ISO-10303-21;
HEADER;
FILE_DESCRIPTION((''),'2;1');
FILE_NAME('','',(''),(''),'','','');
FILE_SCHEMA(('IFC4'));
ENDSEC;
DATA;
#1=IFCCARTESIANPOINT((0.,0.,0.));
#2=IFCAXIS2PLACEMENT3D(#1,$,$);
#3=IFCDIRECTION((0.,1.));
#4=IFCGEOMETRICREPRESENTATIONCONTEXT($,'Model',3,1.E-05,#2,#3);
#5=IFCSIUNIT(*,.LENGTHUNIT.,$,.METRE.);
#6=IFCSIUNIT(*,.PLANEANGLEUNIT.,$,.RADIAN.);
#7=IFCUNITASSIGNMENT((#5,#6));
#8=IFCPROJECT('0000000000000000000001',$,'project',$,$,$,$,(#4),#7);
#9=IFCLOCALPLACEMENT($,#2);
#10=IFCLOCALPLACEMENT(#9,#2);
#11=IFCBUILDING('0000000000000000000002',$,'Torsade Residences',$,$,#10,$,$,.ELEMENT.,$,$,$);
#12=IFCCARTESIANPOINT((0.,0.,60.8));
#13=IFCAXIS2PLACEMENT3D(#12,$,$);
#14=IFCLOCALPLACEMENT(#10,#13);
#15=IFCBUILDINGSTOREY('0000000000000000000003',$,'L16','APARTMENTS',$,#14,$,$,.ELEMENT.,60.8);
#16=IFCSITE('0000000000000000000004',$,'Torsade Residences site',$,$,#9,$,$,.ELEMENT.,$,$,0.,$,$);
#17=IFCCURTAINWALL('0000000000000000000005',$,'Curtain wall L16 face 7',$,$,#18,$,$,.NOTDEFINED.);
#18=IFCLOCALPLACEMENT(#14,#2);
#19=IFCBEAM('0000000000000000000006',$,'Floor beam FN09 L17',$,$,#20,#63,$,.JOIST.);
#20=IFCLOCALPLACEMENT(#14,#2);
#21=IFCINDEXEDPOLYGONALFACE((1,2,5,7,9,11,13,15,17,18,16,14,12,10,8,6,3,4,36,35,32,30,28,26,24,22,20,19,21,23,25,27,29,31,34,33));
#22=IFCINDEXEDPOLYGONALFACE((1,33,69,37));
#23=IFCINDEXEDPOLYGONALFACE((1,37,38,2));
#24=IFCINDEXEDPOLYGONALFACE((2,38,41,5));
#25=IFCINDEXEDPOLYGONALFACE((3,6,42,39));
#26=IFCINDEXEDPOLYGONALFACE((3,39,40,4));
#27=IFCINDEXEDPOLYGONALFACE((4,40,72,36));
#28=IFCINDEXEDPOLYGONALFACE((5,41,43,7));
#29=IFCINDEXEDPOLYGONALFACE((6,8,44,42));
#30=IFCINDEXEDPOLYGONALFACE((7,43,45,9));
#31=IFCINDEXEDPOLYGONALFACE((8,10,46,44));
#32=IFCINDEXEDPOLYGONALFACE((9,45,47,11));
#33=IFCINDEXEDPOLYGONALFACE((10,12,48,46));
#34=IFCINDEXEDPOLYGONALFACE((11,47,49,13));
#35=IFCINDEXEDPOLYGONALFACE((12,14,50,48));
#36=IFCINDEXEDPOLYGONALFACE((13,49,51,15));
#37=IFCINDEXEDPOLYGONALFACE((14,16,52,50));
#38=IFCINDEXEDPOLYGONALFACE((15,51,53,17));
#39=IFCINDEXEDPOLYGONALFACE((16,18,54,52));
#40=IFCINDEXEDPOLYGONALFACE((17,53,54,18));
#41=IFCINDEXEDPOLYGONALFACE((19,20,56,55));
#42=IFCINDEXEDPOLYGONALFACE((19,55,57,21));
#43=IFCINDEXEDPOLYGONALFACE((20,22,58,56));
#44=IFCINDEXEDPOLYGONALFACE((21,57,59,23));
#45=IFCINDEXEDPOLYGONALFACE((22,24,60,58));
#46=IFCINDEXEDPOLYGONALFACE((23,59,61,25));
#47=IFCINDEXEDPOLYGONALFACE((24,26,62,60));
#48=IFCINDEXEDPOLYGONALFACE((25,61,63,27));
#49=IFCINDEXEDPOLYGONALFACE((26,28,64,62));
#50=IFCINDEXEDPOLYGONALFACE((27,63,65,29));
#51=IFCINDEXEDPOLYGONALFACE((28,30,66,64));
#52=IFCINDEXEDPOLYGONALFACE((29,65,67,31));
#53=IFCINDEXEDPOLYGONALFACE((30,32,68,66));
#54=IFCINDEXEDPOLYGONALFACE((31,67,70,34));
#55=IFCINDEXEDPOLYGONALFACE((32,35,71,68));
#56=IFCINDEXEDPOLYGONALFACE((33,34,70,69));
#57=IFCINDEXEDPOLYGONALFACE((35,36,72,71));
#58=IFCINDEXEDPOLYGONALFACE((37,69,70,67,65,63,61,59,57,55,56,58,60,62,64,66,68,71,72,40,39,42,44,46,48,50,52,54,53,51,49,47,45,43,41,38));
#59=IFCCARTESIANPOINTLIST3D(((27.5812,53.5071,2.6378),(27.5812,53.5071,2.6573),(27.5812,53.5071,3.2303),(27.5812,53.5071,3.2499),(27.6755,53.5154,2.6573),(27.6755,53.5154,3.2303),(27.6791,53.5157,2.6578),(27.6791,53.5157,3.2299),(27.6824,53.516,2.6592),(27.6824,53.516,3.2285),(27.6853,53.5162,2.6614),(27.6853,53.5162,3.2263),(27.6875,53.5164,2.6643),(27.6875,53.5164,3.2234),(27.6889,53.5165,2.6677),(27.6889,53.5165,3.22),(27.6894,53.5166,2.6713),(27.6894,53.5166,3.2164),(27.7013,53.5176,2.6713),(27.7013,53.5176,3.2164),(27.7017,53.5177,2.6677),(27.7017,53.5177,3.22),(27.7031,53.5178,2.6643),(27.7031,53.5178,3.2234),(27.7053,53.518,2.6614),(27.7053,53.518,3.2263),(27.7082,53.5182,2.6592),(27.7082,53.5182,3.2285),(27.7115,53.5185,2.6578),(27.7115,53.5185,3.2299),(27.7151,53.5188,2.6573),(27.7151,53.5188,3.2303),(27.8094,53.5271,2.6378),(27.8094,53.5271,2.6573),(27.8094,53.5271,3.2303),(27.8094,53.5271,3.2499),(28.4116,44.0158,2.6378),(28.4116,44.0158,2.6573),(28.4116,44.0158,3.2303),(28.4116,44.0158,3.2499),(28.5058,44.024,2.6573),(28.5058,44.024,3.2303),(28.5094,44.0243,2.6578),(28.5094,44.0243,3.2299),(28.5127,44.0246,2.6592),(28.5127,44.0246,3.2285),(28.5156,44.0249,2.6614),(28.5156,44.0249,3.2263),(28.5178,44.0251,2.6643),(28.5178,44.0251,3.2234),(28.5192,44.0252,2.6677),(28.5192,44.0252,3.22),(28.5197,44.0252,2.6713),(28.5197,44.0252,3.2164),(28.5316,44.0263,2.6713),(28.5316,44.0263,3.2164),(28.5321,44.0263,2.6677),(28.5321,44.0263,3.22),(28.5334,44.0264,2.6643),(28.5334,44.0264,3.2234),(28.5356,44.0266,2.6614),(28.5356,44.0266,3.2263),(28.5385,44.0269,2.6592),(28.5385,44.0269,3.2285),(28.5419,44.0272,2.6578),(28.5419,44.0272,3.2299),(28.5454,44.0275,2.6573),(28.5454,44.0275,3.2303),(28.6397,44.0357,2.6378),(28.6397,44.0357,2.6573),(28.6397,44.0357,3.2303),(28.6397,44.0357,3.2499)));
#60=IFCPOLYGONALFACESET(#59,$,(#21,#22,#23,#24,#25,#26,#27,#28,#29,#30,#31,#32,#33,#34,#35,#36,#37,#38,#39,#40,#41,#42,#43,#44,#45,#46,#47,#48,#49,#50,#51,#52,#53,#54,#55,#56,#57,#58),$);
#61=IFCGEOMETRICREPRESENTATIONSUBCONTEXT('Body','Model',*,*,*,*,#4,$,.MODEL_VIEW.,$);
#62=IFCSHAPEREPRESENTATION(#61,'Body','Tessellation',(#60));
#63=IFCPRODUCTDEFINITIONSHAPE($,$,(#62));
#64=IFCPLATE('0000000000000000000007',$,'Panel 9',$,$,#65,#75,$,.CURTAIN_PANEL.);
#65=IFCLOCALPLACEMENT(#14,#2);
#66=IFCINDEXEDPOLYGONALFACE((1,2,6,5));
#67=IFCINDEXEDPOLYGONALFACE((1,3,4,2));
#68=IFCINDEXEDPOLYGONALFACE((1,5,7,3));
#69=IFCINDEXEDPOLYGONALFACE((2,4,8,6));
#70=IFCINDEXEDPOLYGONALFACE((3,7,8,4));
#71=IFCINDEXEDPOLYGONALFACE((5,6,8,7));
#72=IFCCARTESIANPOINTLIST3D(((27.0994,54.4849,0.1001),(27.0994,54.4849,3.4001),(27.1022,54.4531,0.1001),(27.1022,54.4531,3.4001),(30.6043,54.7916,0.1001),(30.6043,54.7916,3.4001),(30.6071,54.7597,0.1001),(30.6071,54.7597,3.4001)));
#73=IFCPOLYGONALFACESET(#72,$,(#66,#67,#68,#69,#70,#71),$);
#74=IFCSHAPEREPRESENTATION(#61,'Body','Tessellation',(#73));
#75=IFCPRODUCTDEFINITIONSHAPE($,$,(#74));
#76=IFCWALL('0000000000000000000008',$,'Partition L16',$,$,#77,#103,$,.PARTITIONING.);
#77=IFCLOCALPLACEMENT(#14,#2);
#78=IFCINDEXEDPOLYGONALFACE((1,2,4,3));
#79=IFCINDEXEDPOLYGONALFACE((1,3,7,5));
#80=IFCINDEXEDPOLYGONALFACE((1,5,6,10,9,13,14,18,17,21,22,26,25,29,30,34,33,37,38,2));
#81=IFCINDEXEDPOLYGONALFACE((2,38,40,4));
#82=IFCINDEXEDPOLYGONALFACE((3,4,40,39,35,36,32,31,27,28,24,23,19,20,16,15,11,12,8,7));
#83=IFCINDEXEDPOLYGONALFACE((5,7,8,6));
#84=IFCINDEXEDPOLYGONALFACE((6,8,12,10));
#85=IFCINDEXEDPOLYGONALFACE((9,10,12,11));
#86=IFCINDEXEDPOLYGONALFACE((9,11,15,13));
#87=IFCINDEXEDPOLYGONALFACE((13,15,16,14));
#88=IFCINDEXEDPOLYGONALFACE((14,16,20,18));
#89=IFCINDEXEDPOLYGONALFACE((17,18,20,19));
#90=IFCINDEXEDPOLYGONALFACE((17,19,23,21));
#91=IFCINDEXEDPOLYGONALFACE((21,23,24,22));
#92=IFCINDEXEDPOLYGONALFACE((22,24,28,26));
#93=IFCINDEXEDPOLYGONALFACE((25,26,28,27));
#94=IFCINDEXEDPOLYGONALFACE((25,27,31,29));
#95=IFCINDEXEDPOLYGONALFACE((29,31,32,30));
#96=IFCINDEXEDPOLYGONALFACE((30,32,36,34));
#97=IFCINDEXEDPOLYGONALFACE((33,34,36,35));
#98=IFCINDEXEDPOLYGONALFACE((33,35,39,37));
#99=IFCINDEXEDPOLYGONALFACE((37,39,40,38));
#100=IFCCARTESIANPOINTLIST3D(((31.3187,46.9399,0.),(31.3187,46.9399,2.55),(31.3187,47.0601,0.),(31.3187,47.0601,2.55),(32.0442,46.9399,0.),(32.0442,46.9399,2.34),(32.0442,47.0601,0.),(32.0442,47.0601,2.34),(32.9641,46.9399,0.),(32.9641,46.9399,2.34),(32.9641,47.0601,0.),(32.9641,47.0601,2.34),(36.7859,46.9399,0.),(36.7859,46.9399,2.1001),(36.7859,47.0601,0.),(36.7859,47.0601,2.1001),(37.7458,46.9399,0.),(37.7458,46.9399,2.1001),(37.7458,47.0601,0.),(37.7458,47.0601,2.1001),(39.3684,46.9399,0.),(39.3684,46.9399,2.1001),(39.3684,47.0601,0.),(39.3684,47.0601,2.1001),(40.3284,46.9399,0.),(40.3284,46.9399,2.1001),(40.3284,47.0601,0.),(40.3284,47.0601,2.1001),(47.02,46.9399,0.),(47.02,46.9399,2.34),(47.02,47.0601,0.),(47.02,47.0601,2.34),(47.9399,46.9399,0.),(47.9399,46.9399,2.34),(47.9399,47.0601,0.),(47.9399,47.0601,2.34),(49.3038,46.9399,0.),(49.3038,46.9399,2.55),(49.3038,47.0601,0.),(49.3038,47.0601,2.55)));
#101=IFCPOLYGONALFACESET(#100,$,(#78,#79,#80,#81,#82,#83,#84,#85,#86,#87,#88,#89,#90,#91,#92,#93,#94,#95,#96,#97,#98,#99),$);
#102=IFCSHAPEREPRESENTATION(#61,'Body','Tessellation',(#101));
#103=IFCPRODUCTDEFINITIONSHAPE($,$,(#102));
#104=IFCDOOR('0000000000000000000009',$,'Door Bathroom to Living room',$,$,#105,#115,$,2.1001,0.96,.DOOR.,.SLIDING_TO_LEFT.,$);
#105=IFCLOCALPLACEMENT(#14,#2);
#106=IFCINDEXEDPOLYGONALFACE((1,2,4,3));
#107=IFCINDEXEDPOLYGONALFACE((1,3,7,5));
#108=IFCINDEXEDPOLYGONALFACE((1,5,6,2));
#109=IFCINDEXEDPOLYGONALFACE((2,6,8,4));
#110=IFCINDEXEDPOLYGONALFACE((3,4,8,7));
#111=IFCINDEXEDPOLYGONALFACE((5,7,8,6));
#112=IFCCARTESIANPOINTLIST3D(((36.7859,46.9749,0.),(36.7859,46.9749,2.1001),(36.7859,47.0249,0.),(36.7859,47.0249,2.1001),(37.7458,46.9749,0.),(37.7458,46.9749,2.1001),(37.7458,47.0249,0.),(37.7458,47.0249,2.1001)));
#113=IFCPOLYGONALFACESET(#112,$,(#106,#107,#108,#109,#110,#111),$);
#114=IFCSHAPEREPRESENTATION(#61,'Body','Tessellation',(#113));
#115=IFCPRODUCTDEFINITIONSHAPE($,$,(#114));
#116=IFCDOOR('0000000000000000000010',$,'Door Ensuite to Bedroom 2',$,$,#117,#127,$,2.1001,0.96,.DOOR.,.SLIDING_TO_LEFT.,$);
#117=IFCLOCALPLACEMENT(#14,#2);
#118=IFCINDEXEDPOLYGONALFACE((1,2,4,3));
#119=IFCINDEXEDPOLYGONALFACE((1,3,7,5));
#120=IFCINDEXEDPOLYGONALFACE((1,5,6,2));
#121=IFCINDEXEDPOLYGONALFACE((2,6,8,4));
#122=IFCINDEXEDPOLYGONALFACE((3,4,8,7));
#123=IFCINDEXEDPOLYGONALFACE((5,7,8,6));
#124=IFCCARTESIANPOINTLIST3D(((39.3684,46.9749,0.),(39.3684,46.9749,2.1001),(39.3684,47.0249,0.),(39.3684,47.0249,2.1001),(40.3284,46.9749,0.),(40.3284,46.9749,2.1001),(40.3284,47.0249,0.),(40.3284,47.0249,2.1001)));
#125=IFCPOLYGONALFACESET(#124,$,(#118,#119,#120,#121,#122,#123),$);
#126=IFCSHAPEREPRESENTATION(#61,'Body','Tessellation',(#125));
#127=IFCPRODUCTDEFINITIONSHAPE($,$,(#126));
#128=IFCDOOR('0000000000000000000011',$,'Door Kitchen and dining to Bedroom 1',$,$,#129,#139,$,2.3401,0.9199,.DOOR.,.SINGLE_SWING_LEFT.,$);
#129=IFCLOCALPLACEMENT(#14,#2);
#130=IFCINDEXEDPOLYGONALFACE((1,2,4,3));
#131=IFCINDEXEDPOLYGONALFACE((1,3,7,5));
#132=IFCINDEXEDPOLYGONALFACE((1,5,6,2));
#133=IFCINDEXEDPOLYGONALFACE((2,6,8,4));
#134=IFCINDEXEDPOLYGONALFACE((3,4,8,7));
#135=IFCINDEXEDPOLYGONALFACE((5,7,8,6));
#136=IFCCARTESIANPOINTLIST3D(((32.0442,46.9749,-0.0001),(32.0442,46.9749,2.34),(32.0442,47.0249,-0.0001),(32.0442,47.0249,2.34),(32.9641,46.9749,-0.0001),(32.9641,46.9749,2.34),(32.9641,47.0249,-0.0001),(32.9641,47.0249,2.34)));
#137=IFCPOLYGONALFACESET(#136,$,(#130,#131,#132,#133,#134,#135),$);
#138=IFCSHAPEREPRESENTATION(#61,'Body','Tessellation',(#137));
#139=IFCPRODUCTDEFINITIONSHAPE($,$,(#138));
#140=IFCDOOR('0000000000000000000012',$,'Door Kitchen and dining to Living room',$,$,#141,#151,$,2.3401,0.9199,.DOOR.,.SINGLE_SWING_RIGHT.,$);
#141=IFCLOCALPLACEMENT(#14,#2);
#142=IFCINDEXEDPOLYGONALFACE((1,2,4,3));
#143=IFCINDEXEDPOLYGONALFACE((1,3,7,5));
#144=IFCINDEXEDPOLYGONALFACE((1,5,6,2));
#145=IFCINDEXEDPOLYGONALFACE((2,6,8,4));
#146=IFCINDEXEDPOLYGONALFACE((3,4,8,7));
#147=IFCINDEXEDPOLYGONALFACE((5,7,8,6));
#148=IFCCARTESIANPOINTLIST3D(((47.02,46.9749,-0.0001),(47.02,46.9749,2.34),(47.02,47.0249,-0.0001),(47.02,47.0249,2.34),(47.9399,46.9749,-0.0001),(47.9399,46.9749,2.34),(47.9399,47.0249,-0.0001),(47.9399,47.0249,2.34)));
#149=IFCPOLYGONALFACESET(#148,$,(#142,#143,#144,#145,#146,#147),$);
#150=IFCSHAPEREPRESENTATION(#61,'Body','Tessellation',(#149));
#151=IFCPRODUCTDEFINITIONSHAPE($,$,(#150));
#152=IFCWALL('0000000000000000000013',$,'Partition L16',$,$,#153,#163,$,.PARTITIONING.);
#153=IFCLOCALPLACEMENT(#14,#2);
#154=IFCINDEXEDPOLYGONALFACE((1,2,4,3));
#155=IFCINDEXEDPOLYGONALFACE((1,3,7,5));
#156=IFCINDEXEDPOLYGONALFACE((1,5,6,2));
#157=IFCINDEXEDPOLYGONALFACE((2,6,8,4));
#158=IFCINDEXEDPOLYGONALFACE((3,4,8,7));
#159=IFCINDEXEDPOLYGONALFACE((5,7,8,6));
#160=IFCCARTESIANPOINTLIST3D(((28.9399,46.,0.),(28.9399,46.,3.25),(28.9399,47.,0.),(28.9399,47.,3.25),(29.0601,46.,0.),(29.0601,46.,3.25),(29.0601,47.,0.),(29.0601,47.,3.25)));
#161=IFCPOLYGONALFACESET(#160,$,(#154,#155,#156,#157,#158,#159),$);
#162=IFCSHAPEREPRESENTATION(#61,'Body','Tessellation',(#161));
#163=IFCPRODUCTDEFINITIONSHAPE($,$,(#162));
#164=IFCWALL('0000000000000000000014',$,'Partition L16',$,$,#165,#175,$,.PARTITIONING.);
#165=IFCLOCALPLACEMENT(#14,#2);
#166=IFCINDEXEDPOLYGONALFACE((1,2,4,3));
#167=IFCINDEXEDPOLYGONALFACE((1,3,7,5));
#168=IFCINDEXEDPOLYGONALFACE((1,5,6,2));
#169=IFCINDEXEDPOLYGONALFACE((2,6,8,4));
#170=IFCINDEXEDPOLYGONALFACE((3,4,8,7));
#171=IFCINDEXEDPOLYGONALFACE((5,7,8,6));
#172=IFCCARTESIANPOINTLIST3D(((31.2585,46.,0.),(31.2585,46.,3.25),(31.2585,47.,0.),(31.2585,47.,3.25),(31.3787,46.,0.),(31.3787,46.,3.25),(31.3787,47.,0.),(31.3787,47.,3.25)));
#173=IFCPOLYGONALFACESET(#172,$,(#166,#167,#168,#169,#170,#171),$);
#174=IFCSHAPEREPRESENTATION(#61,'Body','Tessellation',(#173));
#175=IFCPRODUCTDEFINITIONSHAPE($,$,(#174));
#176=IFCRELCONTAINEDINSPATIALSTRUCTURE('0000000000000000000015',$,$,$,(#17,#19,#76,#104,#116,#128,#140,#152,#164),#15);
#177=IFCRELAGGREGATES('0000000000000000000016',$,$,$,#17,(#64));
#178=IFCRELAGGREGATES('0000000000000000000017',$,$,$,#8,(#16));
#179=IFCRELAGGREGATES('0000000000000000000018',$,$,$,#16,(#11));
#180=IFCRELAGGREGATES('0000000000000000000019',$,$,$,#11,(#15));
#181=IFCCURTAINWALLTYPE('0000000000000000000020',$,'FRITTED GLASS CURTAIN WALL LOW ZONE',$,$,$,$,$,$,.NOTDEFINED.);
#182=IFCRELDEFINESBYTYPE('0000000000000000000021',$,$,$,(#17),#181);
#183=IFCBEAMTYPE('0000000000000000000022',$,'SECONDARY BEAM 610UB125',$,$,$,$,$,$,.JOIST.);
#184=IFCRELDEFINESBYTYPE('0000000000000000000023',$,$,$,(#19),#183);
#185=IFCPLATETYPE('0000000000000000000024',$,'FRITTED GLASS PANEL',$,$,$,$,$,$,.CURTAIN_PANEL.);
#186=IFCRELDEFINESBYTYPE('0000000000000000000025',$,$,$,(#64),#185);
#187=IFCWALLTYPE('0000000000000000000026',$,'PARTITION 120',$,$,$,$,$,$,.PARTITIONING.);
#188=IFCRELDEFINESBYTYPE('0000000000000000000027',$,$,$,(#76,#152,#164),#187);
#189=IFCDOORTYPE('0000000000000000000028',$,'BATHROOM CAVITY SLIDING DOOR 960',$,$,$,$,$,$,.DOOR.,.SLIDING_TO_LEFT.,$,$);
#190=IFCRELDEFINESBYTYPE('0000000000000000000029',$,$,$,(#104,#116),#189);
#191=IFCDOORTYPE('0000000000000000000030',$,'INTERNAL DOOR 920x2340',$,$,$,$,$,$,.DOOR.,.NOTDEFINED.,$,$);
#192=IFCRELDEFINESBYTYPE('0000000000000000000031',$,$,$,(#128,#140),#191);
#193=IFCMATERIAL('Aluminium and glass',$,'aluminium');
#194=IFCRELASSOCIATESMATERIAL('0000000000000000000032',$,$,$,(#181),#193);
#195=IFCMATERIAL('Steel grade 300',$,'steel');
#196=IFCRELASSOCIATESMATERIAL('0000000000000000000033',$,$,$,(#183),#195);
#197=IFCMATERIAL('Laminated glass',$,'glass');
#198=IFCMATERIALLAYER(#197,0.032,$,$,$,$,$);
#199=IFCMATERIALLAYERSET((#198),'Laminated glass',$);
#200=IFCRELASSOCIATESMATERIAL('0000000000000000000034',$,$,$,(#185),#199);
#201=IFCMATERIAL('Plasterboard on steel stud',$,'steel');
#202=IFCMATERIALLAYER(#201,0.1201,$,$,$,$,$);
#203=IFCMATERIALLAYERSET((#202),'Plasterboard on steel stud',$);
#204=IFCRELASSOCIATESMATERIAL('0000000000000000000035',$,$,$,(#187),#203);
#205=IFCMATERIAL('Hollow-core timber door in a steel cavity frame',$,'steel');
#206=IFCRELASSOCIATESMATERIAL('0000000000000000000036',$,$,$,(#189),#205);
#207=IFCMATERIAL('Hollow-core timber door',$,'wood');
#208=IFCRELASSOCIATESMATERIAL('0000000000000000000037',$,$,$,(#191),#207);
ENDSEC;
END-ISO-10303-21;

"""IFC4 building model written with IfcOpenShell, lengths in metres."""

from ifc_helpers import new_model, si_unit, direction, frame, frame_2d, origin, origin_2d, place, context, subcontext, project, spatial, rectangle, i_section, extrude, material, layer, layer_set, material_profile, profile_set, type_object, element, fill, aggregate, save


model = new_model("IFC4")

# Units and contexts
model_context = context("Model", 3, precision=1e-05, world=origin(), true_north=direction((0.0, 1.0)))
body_context = subcontext(model_context, "Body", "Model", "MODEL_VIEW")
ifc_project = project(units=[si_unit("LENGTHUNIT", "METRE"), si_unit("PLANEANGLEUNIT", "RADIAN")], contexts=[model_context])

# Site, building, storey
site_placement = place(None, origin())
site = spatial("IfcSite", under=ifc_project, at=site_placement, Name="Torsade Residences site", CompositionType="ELEMENT", RefElevation=0.0)
building_placement = place(site_placement, origin())
building = spatial("IfcBuilding", under=site, at=building_placement, Name="Torsade Residences", CompositionType="ELEMENT")
storey_placement = place(building_placement, frame((0.0, 0.0, 60.8)))
storey = spatial("IfcBuildingStorey", under=building, at=storey_placement, Name="L16", Description="APARTMENTS", CompositionType="ELEMENT", Elevation=60.8)

# Curtain wall
ifc_material_1 = material(Name="Aluminium and glass", Category="aluminium")
curtain_wall_type = type_object("IfcCurtainWallType", Name="FRITTED GLASS CURTAIN WALL LOW ZONE", PredefinedType="NOTDEFINED", material=ifc_material_1)
curtain_wall_placement = place(storey_placement, origin())
curtain_wall = element("IfcCurtainWall", 1, at=curtain_wall_placement, inside=storey, type_object=curtain_wall_type, Name="Curtain wall L16 face 7", PredefinedType="NOTDEFINED")

# Beam
ifc_material_2 = material(Name="Steel grade 300", Category="steel")
ifc_material_profile_1 = material_profile(ifc_material_2, i_section(OverallWidth=0.229, OverallDepth=0.6121, WebThickness=0.012, FlangeThickness=0.0195, FilletRadius=0.0139, at=origin_2d()), Name="610UB125")
ifc_profile_set_1 = profile_set([ifc_material_profile_1], Name="Steel grade 300")
beam_type_1 = type_object("IfcBeamType", Name="SECONDARY BEAM 610UB125", PredefinedType="JOIST", material=ifc_profile_set_1)
beam_1_placement = place(storey_placement, frame((27.6953, 53.5171, 2.9438), z_axis=(0.087148, -0.996195, 0.0), x_axis=(0.996195, 0.087148, 0.0)))
element("IfcBeam", 2, at=beam_1_placement, inside=storey, type_object=beam_type_1, Name="Floor beam FN09 L17", PredefinedType="JOIST", context=body_context, shape_type="SweptSolid", body=[
    extrude(i_section(OverallWidth=0.229, OverallDepth=0.6121, WebThickness=0.012, FlangeThickness=0.0195, FilletRadius=0.0139, at=origin_2d()), origin(), (0.0, 0.0, 1.0), 9.5276),
])

# Plate
ifc_material_3 = material(Name="Laminated glass", Category="glass")
ifc_layer_1 = layer(ifc_material_3, 0.032)
ifc_layer_set_1 = layer_set([ifc_layer_1], Name="Laminated glass")
plate_type = type_object("IfcPlateType", Name="FRITTED GLASS PANEL", PredefinedType="CURTAIN_PANEL", material=ifc_layer_set_1)
plate_placement = place(storey_placement, frame((28.8533, 54.6223, 0.1001), z_axis=(0.0, 0.0, 1.0), x_axis=(-0.996195, -0.087156, 0.0)))
plate = element("IfcPlate", 3, at=plate_placement, type_object=plate_type, Name="Panel 9", PredefinedType="CURTAIN_PANEL", context=body_context, shape_type="SweptSolid", body=[
    extrude(rectangle(XDim=3.5183, YDim=0.032, at=origin_2d()), origin(), (0.0, 0.0, 1.0), 3.3),
])
aggregate(curtain_wall, [plate])

# Wall, openings, doors
ifc_material_4 = material(Name="Plasterboard on steel stud", Category="steel")
ifc_layer_2 = layer(ifc_material_4, 0.1201)
ifc_layer_set_2 = layer_set([ifc_layer_2], Name="Plasterboard on steel stud")
wall_type_1 = type_object("IfcWallType", Name="PARTITION 120", PredefinedType="PARTITIONING", material=ifc_layer_set_2)
wall_1_placement = place(storey_placement, frame((31.3186, 47.0, 0.0), z_axis=(0.0, 0.0, 1.0), x_axis=(1.0, 0.0, 0.0)))
wall_1 = element("IfcWall", 4, at=wall_1_placement, inside=storey, type_object=wall_type_1, Name="Partition L16", PredefinedType="PARTITIONING", context=body_context, shape_type="SweptSolid", body=[
    extrude(rectangle(XDim=17.9851, YDim=0.1201, at=frame_2d((8.9927, 0.0))), origin(), (0.0, 0.0, 1.0), 2.55),
])
opening_1_placement = place(wall_1_placement, frame((0.7256, 0.0, 0.0)))
opening_1 = element("IfcOpeningElement", 5, at=opening_1_placement, cuts=wall_1, PredefinedType="OPENING", context=body_context, shape_type="SweptSolid", body=[
    extrude(rectangle(XDim=0.9199, YDim=2.3401, at=frame_2d((0.46, 1.1699))), frame((0.0, 0.0701, 0.0), z_axis=(0.0, -1.0, 0.0), x_axis=(1.0, 0.0, 0.0)), (0.0, 0.0, 1.0), 0.1401),
])
opening_2_placement = place(wall_1_placement, frame((15.7014, 0.0, 0.0)))
opening_2 = element("IfcOpeningElement", 6, at=opening_2_placement, cuts=wall_1, PredefinedType="OPENING", context=body_context, shape_type="SweptSolid", body=[
    extrude(rectangle(XDim=0.9199, YDim=2.3401, at=frame_2d((0.46, 1.1699))), frame((0.0, 0.0701, 0.0), z_axis=(0.0, -1.0, 0.0), x_axis=(1.0, 0.0, 0.0)), (0.0, 0.0, 1.0), 0.1401),
])
opening_3_placement = place(wall_1_placement, frame((5.4673, 0.0, 0.0)))
opening_3 = element("IfcOpeningElement", 7, at=opening_3_placement, cuts=wall_1, PredefinedType="OPENING", context=body_context, shape_type="SweptSolid", body=[
    extrude(rectangle(XDim=0.96, YDim=2.1001, at=frame_2d((0.48, 1.05))), frame((0.0, 0.0701, 0.0), z_axis=(0.0, -1.0, 0.0), x_axis=(1.0, 0.0, 0.0)), (0.0, 0.0, 1.0), 0.1401),
])
opening_4_placement = place(wall_1_placement, frame((8.0498, 0.0, 0.0)))
opening_4 = element("IfcOpeningElement", 8, at=opening_4_placement, cuts=wall_1, PredefinedType="OPENING", context=body_context, shape_type="SweptSolid", body=[
    extrude(rectangle(XDim=0.96, YDim=2.1001, at=frame_2d((0.48, 1.05))), frame((0.0, 0.0701, 0.0), z_axis=(0.0, -1.0, 0.0), x_axis=(1.0, 0.0, 0.0)), (0.0, 0.0, 1.0), 0.1401),
])
ifc_material_5 = material(Name="Hollow-core timber door in a steel cavity frame", Category="steel")
door_type_1 = type_object("IfcDoorType", Name="BATHROOM CAVITY SLIDING DOOR 960", OperationType="SLIDING_TO_LEFT", PredefinedType="DOOR", material=ifc_material_5)
door_1_placement = place(opening_3_placement, origin())
door_1 = element("IfcDoor", 9, at=door_1_placement, inside=storey, type_object=door_type_1, Name="Door Bathroom to Living room", OperationType="SLIDING_TO_LEFT", OverallHeight=2.1001, OverallWidth=0.96, PredefinedType="DOOR", context=body_context, shape_type="SweptSolid", body=[
    extrude(rectangle(XDim=0.96, YDim=2.1001, at=frame_2d((0.48, 1.05))), frame((0.0, 0.0249, 0.0), z_axis=(0.0, -1.0, 0.0), x_axis=(1.0, 0.0, 0.0)), (0.0, 0.0, 1.0), 0.05),
])
fill(opening_3, door_1)
door_2_placement = place(opening_4_placement, origin())
door_2 = element("IfcDoor", 10, at=door_2_placement, inside=storey, type_object=door_type_1, Name="Door Ensuite to Bedroom 2", OperationType="SLIDING_TO_LEFT", OverallHeight=2.1001, OverallWidth=0.96, PredefinedType="DOOR", context=body_context, shape_type="SweptSolid", body=[
    extrude(rectangle(XDim=0.96, YDim=2.1001, at=frame_2d((0.48, 1.05))), frame((0.0, 0.0249, 0.0), z_axis=(0.0, -1.0, 0.0), x_axis=(1.0, 0.0, 0.0)), (0.0, 0.0, 1.0), 0.05),
])
fill(opening_4, door_2)
ifc_material_6 = material(Name="Hollow-core timber door", Category="wood")
door_type_2 = type_object("IfcDoorType", Name="INTERNAL DOOR 920x2340", OperationType="NOTDEFINED", PredefinedType="DOOR", material=ifc_material_6)
door_3_placement = place(opening_1_placement, origin())
door_3 = element("IfcDoor", 11, at=door_3_placement, inside=storey, type_object=door_type_2, Name="Door Kitchen and dining to Bedroom 1", OperationType="SINGLE_SWING_LEFT", OverallHeight=2.3401, OverallWidth=0.9199, PredefinedType="DOOR", context=body_context, shape_type="SweptSolid", body=[
    extrude(rectangle(XDim=0.9199, YDim=2.3401, at=frame_2d((0.46, 1.1699))), frame((0.0, 0.0249, 0.0), z_axis=(0.0, -1.0, 0.0), x_axis=(1.0, 0.0, 0.0)), (0.0, 0.0, 1.0), 0.05),
])
fill(opening_1, door_3)
door_4_placement = place(opening_2_placement, origin())
door_4 = element("IfcDoor", 12, at=door_4_placement, inside=storey, type_object=door_type_2, Name="Door Kitchen and dining to Living room", OperationType="SINGLE_SWING_RIGHT", OverallHeight=2.3401, OverallWidth=0.9199, PredefinedType="DOOR", context=body_context, shape_type="SweptSolid", body=[
    extrude(rectangle(XDim=0.9199, YDim=2.3401, at=frame_2d((0.46, 1.1699))), frame((0.0, 0.0249, 0.0), z_axis=(0.0, -1.0, 0.0), x_axis=(1.0, 0.0, 0.0)), (0.0, 0.0, 1.0), 0.05),
])
fill(opening_2, door_4)

# Walls
for number, where, z_axis, x_axis, name in (
    (13, (29.0, 47.0, 0.0), (0.0, 0.0, 1.0), (0.0, -1.0, 0.0), "Partition L16"),
    (14, (31.3186, 46.0, 0.0), (0.0, 0.0, 1.0), (0.0, 1.0, 0.0), "Partition L16"),
):
    element("IfcWall", number, at=place(storey_placement, frame(where, z_axis=z_axis, x_axis=x_axis)), inside=storey, type_object=wall_type_1, Name=name, PredefinedType="PARTITIONING", context=body_context, shape_type="SweptSolid", body=[
        extrude(rectangle(XDim=1.0, YDim=0.1201, at=frame_2d((0.5, 0.0))), origin(), (0.0, 0.0, 1.0), 3.25),
    ])

save(model, "model.ifc")
